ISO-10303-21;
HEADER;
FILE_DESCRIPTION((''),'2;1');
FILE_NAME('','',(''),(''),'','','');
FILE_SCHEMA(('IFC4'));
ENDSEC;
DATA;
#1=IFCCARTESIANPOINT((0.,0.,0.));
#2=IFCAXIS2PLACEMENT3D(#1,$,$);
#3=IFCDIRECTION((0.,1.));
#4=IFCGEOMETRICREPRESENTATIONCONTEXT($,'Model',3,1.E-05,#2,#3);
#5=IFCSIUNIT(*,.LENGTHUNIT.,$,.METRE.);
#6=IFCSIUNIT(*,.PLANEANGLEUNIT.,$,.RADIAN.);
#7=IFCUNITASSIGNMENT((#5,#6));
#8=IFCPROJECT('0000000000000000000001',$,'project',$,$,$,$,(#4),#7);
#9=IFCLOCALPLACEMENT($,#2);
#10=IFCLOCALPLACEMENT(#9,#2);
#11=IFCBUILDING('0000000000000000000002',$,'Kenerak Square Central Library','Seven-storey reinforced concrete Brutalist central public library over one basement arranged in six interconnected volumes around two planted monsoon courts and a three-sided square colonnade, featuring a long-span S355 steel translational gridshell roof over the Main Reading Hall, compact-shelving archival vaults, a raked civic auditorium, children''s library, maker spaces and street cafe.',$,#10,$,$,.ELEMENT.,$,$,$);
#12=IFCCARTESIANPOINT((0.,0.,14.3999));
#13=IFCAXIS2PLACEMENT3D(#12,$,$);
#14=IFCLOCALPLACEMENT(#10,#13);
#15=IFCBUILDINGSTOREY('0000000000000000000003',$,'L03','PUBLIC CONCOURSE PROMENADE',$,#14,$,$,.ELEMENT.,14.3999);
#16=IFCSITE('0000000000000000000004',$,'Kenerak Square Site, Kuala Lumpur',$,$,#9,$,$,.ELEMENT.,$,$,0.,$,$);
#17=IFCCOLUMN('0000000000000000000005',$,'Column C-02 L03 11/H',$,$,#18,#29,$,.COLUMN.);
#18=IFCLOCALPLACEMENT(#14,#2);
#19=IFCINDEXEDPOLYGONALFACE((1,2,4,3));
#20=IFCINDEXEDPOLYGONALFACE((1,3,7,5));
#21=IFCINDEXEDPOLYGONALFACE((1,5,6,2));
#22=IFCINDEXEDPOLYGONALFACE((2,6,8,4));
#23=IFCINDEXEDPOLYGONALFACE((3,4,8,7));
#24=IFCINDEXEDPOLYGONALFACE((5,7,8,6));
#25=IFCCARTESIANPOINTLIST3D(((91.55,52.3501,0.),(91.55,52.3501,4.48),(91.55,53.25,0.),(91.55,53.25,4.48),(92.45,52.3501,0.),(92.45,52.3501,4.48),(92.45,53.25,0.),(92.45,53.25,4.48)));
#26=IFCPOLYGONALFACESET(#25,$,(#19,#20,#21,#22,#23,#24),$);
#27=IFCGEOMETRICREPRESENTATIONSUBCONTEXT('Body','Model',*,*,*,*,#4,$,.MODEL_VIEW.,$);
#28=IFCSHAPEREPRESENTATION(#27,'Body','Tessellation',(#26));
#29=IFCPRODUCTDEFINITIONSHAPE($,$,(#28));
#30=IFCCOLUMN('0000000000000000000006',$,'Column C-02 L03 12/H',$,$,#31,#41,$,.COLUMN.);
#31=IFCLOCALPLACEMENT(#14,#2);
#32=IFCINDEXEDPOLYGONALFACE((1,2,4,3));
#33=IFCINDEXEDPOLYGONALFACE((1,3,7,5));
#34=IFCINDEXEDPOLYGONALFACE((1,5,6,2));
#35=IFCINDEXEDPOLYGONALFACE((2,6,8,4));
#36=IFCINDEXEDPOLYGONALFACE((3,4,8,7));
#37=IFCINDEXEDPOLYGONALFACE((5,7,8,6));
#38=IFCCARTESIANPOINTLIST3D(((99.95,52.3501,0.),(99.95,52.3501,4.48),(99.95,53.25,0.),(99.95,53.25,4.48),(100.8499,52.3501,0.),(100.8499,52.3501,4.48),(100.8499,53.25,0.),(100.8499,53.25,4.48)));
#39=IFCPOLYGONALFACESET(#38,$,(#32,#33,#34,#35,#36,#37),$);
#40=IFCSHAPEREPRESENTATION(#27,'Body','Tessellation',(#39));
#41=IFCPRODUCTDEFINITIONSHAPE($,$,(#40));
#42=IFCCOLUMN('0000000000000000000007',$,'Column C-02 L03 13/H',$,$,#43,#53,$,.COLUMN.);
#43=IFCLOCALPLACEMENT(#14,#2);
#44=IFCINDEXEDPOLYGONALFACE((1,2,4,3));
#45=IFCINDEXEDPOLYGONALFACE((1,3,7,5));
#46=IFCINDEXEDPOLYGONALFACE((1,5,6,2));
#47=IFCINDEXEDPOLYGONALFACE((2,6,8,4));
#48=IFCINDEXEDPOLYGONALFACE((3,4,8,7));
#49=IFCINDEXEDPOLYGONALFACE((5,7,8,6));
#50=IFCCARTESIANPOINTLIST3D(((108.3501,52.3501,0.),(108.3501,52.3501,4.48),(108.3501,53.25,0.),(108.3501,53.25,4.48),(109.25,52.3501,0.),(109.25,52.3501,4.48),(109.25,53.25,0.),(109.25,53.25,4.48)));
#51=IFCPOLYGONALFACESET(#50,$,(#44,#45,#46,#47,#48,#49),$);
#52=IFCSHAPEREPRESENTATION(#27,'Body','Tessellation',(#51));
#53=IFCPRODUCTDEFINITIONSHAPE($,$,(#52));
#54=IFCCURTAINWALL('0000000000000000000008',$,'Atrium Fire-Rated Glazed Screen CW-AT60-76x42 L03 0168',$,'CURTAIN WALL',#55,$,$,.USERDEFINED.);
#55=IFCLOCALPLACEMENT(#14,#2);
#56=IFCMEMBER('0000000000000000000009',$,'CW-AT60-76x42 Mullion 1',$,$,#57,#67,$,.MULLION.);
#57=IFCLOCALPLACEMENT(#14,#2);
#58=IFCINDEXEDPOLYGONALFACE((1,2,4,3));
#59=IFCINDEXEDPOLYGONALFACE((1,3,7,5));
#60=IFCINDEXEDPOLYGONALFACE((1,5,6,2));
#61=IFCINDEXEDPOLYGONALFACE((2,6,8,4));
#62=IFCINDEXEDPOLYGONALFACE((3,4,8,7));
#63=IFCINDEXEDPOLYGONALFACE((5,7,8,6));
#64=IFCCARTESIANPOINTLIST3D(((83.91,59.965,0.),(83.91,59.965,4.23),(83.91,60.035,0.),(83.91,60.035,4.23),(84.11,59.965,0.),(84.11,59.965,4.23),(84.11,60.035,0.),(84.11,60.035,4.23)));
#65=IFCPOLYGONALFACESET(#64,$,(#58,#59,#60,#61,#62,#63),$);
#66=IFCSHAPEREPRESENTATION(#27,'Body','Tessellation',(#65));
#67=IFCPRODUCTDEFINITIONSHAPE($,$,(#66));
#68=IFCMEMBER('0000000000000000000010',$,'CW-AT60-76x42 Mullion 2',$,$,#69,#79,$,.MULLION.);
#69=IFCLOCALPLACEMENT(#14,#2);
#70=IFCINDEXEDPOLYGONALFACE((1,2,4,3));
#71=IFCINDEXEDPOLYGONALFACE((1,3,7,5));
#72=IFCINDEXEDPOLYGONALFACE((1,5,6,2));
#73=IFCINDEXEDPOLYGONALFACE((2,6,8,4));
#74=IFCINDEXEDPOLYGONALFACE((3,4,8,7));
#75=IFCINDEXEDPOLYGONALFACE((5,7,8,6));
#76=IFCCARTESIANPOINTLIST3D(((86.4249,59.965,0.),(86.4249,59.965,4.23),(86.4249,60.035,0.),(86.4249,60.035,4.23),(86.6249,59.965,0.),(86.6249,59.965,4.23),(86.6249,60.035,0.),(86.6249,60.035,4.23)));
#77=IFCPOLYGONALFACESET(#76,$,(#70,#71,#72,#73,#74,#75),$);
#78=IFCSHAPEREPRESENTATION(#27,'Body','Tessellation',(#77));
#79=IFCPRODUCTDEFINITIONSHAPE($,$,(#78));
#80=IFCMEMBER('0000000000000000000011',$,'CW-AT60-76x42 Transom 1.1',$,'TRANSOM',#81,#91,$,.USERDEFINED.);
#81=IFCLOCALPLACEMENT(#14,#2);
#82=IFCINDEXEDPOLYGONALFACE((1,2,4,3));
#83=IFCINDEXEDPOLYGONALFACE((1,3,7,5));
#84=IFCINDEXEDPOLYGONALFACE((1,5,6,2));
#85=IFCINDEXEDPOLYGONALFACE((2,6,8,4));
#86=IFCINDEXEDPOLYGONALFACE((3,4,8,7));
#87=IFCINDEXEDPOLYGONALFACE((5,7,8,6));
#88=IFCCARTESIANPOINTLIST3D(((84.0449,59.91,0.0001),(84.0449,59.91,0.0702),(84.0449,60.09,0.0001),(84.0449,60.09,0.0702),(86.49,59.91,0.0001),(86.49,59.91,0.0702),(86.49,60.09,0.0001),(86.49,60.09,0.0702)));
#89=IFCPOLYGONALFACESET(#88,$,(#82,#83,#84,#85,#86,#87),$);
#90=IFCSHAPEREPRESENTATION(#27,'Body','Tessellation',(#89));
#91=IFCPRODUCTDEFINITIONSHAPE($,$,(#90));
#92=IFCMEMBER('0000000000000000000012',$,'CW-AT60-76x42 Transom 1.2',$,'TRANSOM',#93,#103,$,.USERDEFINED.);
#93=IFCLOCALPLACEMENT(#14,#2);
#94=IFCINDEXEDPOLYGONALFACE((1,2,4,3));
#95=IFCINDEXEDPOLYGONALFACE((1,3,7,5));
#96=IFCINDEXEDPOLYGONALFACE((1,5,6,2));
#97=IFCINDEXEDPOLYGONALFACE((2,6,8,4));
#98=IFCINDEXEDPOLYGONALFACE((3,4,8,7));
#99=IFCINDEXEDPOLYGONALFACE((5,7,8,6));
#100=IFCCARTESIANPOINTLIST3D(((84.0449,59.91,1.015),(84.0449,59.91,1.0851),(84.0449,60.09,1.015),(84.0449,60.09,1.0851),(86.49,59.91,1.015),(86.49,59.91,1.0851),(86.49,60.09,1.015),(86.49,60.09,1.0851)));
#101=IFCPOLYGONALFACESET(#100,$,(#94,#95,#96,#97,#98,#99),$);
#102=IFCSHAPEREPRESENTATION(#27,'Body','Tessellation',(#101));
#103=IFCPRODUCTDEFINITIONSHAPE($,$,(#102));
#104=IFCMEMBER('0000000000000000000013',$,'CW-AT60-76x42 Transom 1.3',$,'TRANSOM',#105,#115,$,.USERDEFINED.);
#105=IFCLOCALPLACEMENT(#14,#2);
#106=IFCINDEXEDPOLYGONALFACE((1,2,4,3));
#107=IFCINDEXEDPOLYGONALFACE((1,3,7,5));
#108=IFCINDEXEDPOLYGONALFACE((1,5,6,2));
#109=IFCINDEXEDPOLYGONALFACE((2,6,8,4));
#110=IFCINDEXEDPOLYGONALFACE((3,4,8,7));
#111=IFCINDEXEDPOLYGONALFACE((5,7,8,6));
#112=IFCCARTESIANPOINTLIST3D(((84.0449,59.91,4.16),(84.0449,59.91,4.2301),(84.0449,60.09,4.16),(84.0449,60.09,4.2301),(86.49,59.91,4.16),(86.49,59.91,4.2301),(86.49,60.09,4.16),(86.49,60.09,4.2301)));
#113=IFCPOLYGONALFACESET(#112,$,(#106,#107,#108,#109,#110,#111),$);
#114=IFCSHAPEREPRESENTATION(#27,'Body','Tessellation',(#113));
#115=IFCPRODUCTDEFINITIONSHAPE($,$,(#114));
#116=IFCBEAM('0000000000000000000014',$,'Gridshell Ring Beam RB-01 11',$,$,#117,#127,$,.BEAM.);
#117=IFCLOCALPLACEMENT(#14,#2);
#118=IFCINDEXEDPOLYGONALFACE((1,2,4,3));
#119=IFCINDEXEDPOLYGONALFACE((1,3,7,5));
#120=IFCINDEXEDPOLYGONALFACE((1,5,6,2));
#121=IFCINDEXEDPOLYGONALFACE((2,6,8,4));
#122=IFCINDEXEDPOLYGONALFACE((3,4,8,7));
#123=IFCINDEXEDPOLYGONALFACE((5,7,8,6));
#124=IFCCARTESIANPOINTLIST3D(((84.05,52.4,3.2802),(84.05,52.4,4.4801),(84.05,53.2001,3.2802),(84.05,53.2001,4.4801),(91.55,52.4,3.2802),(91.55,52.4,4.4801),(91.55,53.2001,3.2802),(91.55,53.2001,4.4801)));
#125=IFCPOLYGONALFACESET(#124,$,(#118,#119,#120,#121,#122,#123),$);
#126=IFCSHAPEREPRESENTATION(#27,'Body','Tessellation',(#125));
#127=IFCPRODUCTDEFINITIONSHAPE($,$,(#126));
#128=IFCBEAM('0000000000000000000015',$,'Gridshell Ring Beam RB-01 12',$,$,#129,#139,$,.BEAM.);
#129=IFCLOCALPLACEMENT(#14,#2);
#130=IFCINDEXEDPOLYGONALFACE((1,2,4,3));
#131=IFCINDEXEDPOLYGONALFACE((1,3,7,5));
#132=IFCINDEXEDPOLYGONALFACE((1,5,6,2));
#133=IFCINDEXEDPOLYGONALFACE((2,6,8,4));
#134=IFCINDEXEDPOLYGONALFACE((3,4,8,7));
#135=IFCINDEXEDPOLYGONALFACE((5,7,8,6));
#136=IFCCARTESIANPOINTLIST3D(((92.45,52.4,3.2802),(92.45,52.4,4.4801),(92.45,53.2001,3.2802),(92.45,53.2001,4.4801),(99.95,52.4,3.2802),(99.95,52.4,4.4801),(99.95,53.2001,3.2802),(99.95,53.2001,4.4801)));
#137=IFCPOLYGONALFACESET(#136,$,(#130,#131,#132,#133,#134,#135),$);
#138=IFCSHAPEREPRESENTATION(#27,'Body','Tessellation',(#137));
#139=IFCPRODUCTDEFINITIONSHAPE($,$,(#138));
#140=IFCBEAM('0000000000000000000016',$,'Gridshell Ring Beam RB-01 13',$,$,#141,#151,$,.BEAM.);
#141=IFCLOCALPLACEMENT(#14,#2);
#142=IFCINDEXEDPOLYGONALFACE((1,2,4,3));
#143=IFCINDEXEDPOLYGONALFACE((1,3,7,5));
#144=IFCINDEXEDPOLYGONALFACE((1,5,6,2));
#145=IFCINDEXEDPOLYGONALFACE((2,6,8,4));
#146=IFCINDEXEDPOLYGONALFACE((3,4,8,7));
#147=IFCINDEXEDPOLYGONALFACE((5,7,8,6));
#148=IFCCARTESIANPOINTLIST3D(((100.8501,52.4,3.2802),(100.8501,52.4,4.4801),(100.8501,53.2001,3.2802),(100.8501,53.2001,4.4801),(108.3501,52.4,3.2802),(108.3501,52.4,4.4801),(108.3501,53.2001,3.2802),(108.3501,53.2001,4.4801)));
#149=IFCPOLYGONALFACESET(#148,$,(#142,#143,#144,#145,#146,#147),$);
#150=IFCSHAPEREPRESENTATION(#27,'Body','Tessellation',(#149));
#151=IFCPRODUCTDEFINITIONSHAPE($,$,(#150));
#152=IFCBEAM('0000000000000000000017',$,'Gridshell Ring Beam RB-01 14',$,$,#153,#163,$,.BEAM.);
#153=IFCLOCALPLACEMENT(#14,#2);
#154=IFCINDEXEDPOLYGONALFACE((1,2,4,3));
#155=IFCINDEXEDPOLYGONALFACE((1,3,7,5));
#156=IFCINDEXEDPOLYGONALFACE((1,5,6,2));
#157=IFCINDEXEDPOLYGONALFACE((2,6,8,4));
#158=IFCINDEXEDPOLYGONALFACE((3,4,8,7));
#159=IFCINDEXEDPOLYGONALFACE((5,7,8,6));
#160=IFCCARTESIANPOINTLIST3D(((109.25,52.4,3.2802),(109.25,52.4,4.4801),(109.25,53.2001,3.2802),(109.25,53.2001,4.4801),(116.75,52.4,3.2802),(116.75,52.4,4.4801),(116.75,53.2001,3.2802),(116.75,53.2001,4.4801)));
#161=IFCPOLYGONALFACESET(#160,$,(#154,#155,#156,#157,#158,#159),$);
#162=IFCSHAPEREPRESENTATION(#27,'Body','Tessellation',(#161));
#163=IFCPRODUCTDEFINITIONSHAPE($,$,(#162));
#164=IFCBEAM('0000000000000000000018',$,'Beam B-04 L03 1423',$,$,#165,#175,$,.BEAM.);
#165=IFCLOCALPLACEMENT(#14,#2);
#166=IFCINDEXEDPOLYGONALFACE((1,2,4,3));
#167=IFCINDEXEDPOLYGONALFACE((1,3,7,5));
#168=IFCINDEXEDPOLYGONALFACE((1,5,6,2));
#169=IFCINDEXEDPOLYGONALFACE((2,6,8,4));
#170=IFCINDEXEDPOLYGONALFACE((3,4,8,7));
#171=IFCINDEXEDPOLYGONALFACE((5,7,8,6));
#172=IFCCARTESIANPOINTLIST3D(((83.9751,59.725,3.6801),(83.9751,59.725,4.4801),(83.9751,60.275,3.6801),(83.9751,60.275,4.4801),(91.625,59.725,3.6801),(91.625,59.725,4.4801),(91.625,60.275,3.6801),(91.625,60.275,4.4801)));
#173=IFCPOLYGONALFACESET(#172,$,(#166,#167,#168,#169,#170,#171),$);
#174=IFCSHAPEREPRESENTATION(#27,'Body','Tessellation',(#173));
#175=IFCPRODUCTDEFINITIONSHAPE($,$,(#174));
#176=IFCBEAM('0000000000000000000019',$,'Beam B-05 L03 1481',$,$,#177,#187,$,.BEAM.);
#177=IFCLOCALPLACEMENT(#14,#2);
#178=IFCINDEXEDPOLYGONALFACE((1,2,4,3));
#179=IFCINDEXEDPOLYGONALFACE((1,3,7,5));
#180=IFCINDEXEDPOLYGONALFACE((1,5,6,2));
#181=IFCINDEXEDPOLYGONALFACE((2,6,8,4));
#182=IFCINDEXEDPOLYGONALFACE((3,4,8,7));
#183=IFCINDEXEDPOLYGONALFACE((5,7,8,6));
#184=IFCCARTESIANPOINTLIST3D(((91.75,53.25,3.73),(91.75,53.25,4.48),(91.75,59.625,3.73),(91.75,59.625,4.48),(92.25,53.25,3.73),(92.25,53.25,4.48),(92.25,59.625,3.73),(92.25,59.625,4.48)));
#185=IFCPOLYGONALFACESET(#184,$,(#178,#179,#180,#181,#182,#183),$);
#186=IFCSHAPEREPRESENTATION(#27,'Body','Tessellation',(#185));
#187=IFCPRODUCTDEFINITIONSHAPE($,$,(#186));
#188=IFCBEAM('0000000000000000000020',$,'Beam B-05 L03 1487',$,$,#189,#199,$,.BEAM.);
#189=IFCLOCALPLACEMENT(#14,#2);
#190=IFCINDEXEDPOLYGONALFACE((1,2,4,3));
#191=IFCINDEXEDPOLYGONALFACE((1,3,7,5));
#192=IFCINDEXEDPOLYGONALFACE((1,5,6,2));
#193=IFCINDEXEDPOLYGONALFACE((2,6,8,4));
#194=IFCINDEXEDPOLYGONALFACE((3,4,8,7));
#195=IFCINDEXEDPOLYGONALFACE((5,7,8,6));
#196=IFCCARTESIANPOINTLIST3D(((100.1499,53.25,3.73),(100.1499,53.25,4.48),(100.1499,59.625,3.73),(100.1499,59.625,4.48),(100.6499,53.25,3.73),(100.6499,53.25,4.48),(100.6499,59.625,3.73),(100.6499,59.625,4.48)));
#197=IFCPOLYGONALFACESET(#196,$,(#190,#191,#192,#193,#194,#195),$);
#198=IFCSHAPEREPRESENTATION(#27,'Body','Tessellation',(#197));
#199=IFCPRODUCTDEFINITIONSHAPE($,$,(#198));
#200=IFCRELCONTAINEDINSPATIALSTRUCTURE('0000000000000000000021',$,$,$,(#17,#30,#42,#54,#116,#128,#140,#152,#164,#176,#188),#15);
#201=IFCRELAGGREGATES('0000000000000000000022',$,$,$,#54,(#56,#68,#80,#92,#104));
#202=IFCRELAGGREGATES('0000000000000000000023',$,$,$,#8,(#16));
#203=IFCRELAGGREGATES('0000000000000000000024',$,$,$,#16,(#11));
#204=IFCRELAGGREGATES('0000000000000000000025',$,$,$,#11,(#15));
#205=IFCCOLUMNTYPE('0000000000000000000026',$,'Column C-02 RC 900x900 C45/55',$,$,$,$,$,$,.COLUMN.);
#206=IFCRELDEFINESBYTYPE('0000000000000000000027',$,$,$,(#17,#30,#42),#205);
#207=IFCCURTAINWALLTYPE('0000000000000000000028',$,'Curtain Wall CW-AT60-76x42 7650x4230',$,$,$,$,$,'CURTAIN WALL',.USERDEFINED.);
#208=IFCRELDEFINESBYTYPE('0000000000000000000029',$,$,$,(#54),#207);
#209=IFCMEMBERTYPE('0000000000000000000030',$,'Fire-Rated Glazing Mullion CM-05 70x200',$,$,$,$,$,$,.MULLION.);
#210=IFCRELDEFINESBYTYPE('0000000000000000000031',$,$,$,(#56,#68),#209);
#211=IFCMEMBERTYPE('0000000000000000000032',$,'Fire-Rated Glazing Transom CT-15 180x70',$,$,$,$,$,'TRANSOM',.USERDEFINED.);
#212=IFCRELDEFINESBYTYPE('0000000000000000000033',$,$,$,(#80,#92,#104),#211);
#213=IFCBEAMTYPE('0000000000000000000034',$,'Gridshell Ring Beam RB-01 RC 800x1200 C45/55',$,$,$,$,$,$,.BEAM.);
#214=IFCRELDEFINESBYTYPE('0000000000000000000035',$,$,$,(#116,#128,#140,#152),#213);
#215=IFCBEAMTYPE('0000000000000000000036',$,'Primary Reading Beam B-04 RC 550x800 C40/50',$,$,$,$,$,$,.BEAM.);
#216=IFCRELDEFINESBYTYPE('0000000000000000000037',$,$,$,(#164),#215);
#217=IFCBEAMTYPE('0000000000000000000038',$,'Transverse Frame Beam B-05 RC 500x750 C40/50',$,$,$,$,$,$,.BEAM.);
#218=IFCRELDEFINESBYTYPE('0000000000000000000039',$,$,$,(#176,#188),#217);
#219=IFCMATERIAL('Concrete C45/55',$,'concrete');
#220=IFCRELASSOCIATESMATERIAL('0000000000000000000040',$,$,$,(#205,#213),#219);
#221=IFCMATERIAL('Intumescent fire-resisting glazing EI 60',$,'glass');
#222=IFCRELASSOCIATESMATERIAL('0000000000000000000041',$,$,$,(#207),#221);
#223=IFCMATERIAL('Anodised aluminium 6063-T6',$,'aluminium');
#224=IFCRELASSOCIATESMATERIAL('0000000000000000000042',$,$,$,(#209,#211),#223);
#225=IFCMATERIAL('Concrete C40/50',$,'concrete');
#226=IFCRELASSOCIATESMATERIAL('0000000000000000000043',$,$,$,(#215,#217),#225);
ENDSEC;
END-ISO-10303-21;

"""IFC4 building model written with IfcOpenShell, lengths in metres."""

from ifc_helpers import new_model, si_unit, direction, frame, origin, origin_2d, place, context, subcontext, project, spatial, rectangle, extrude, material, material_profile, profile_set, type_object, element, aggregate, save


model = new_model("IFC4")

# Units and contexts
model_context = context("Model", 3, precision=1e-05, world=origin(), true_north=direction((0.0, 1.0)))
body_context = subcontext(model_context, "Body", "Model", "MODEL_VIEW")
ifc_project = project(units=[si_unit("LENGTHUNIT", "METRE"), si_unit("PLANEANGLEUNIT", "RADIAN")], contexts=[model_context])

# Site, building, storey
site_placement = place(None, origin())
site = spatial("IfcSite", under=ifc_project, at=site_placement, Name="Kenerak Square Site, Kuala Lumpur", CompositionType="ELEMENT", RefElevation=0.0)
building_placement = place(site_placement, origin())
building = spatial("IfcBuilding", under=site, at=building_placement, Name="Kenerak Square Central Library", Description="Seven-storey reinforced concrete Brutalist central public library over one basement arranged in six interconnected volumes around two planted monsoon courts and a three-sided square colonnade, featuring a long-span S355 steel translational gridshell roof over the Main Reading Hall, compact-shelving archival vaults, a raked civic auditorium, children's library, maker spaces and street cafe.", CompositionType="ELEMENT")
storey_placement = place(building_placement, frame((0.0, 0.0, 14.3999)))
storey = spatial("IfcBuildingStorey", under=building, at=storey_placement, Name="L03", Description="PUBLIC CONCOURSE PROMENADE", CompositionType="ELEMENT", Elevation=14.3999)

# Columns
ifc_material_1 = material(Name="Concrete C45/55", Category="concrete")
ifc_material_profile_1 = material_profile(ifc_material_1, rectangle(XDim=0.8999, YDim=0.8999, at=origin_2d()), Name="RC 900x900")
ifc_profile_set_1 = profile_set([ifc_material_profile_1], Name="Concrete C45/55")
column_type = type_object("IfcColumnType", Name="Column C-02 RC 900x900 C45/55", PredefinedType="COLUMN", material=ifc_profile_set_1)
for number, where, z_axis, x_axis, name in (
    (1, (92.0, 52.8, 0.0), (0.0, 0.0, 1.0), (1.0, 0.0, 0.0), "Column C-02 L03 11/H"),
    (2, (100.3999, 52.8, 0.0), (0.0, 0.0, 1.0), (1.0, 0.0, 0.0), "Column C-02 L03 12/H"),
    (3, (108.8, 52.8, 0.0), (0.0, 0.0, 1.0), (1.0, 0.0, 0.0), "Column C-02 L03 13/H"),
):
    element("IfcColumn", number, at=place(storey_placement, frame(where, z_axis=z_axis, x_axis=x_axis)), inside=storey, type_object=column_type, Name=name, PredefinedType="COLUMN", context=body_context, shape_type="SweptSolid", body=[
        extrude(rectangle(XDim=0.8999, YDim=0.8999, at=origin_2d()), origin(), (0.0, 0.0, 1.0), 4.48),
    ])

# Curtain wall, members
ifc_material_2 = material(Name="Intumescent fire-resisting glazing EI 60", Category="glass")
curtain_wall_type = type_object("IfcCurtainWallType", Name="Curtain Wall CW-AT60-76x42 7650x4230", ElementType="CURTAIN WALL", PredefinedType="USERDEFINED", material=ifc_material_2)
curtain_wall_placement = place(storey_placement, origin())
curtain_wall = element("IfcCurtainWall", 4, at=curtain_wall_placement, inside=storey, type_object=curtain_wall_type, Name="Atrium Fire-Rated Glazed Screen CW-AT60-76x42 L03 0168", ObjectType="CURTAIN WALL", PredefinedType="USERDEFINED")
ifc_material_3 = material(Name="Anodised aluminium 6063-T6", Category="aluminium")
ifc_material_profile_2 = material_profile(ifc_material_3, rectangle(XDim=0.0701, YDim=0.2, at=origin_2d()), Name="AL MULLION 70x200")
ifc_profile_set_2 = profile_set([ifc_material_profile_2], Name="Anodised aluminium 6063-T6")
member_type_1 = type_object("IfcMemberType", Name="Fire-Rated Glazing Mullion CM-05 70x200", PredefinedType="MULLION", material=ifc_profile_set_2)
member_1_placement = place(storey_placement, frame((84.01, 60.0, 0.0), z_axis=(0.0, 0.0, 1.0), x_axis=(0.0, 1.0, 0.0)))
member_1 = element("IfcMember", 5, at=member_1_placement, type_object=member_type_1, Name="CW-AT60-76x42 Mullion 1", PredefinedType="MULLION", context=body_context, shape_type="SweptSolid", body=[
    extrude(rectangle(XDim=0.0701, YDim=0.2, at=origin_2d()), origin(), (0.0, 0.0, 1.0), 4.23),
])
member_2_placement = place(storey_placement, frame((86.5249, 60.0, 0.0), z_axis=(0.0, 0.0, 1.0), x_axis=(0.0, 1.0, 0.0)))
member_2 = element("IfcMember", 6, at=member_2_placement, type_object=member_type_1, Name="CW-AT60-76x42 Mullion 2", PredefinedType="MULLION", context=body_context, shape_type="SweptSolid", body=[
    extrude(rectangle(XDim=0.0701, YDim=0.2, at=origin_2d()), origin(), (0.0, 0.0, 1.0), 4.23),
])
ifc_material_profile_3 = material_profile(ifc_material_3, rectangle(XDim=0.1799, YDim=0.0701, at=origin_2d()), Name="AL TRANSOM 180x70")
ifc_profile_set_3 = profile_set([ifc_material_profile_3], Name="Anodised aluminium 6063-T6")
member_type_2 = type_object("IfcMemberType", Name="Fire-Rated Glazing Transom CT-15 180x70", ElementType="TRANSOM", PredefinedType="USERDEFINED", material=ifc_profile_set_3)
member_3_placement = place(storey_placement, frame((84.0449, 60.0, 0.0352), z_axis=(1.0, 0.0, 0.0), x_axis=(0.0, 1.0, 0.0)))
member_3 = element("IfcMember", 7, at=member_3_placement, type_object=member_type_2, Name="CW-AT60-76x42 Transom 1.1", ObjectType="TRANSOM", PredefinedType="USERDEFINED", context=body_context, shape_type="SweptSolid", body=[
    extrude(rectangle(XDim=0.1799, YDim=0.0701, at=origin_2d()), origin(), (0.0, 0.0, 1.0), 2.4451),
])
member_4_placement = place(storey_placement, frame((84.0449, 60.0, 1.05), z_axis=(1.0, 0.0, 0.0), x_axis=(0.0, 1.0, 0.0)))
member_4 = element("IfcMember", 8, at=member_4_placement, type_object=member_type_2, Name="CW-AT60-76x42 Transom 1.2", ObjectType="TRANSOM", PredefinedType="USERDEFINED", context=body_context, shape_type="SweptSolid", body=[
    extrude(rectangle(XDim=0.1799, YDim=0.0701, at=origin_2d()), origin(), (0.0, 0.0, 1.0), 2.4451),
])
member_5_placement = place(storey_placement, frame((84.0449, 60.0, 4.1951), z_axis=(1.0, 0.0, 0.0), x_axis=(0.0, 1.0, 0.0)))
member_5 = element("IfcMember", 9, at=member_5_placement, type_object=member_type_2, Name="CW-AT60-76x42 Transom 1.3", ObjectType="TRANSOM", PredefinedType="USERDEFINED", context=body_context, shape_type="SweptSolid", body=[
    extrude(rectangle(XDim=0.1799, YDim=0.0701, at=origin_2d()), origin(), (0.0, 0.0, 1.0), 2.4451),
])

# Beams
ifc_material_profile_4 = material_profile(ifc_material_1, rectangle(XDim=0.8, YDim=1.2, at=origin_2d()), Name="RC 800x1200")
ifc_profile_set_4 = profile_set([ifc_material_profile_4], Name="Concrete C45/55")
beam_type_1 = type_object("IfcBeamType", Name="Gridshell Ring Beam RB-01 RC 800x1200 C45/55", PredefinedType="BEAM", material=ifc_profile_set_4)
for number, where, z_axis, x_axis, name in (
    (10, (84.05, 52.8, 3.8801), (1.0, 0.0, 0.0), (0.0, 1.0, 0.0), "Gridshell Ring Beam RB-01 11"),
    (11, (92.45, 52.8, 3.8801), (1.0, 0.0, 0.0), (0.0, 1.0, 0.0), "Gridshell Ring Beam RB-01 12"),
    (12, (100.8501, 52.8, 3.8801), (1.0, 0.0, 0.0), (0.0, 1.0, 0.0), "Gridshell Ring Beam RB-01 13"),
    (13, (109.25, 52.8, 3.8801), (1.0, 0.0, 0.0), (0.0, 1.0, 0.0), "Gridshell Ring Beam RB-01 14"),
):
    element("IfcBeam", number, at=place(storey_placement, frame(where, z_axis=z_axis, x_axis=x_axis)), inside=storey, type_object=beam_type_1, Name=name, PredefinedType="BEAM", context=body_context, shape_type="SweptSolid", body=[
        extrude(rectangle(XDim=0.8, YDim=1.2, at=origin_2d()), origin(), (0.0, 0.0, 1.0), 7.5),
    ])
ifc_material_4 = material(Name="Concrete C40/50", Category="concrete")
ifc_material_profile_5 = material_profile(ifc_material_4, rectangle(XDim=0.55, YDim=0.8, at=origin_2d()), Name="RC 550x800")
ifc_profile_set_5 = profile_set([ifc_material_profile_5], Name="Concrete C40/50")
beam_type_2 = type_object("IfcBeamType", Name="Primary Reading Beam B-04 RC 550x800 C40/50", PredefinedType="BEAM", material=ifc_profile_set_5)
beam_1_placement = place(storey_placement, frame((83.9751, 60.0, 4.0801), z_axis=(1.0, 0.0, 0.0), x_axis=(0.0, 1.0, 0.0)))
element("IfcBeam", 14, at=beam_1_placement, inside=storey, type_object=beam_type_2, Name="Beam B-04 L03 1423", PredefinedType="BEAM", context=body_context, shape_type="SweptSolid", body=[
    extrude(rectangle(XDim=0.55, YDim=0.8, at=origin_2d()), origin(), (0.0, 0.0, 1.0), 7.6499),
])
ifc_material_profile_6 = material_profile(ifc_material_4, rectangle(XDim=0.5, YDim=0.75, at=origin_2d()), Name="RC 500x750")
ifc_profile_set_6 = profile_set([ifc_material_profile_6], Name="Concrete C40/50")
beam_type_3 = type_object("IfcBeamType", Name="Transverse Frame Beam B-05 RC 500x750 C40/50", PredefinedType="BEAM", material=ifc_profile_set_6)
for number, where, z_axis, x_axis, name in (
    (15, (92.0, 53.25, 4.105), (0.0, 1.0, 0.0), (-1.0, 0.0, 0.0), "Beam B-05 L03 1481"),
    (16, (100.3999, 53.25, 4.105), (0.0, 1.0, 0.0), (-1.0, 0.0, 0.0), "Beam B-05 L03 1487"),
):
    element("IfcBeam", number, at=place(storey_placement, frame(where, z_axis=z_axis, x_axis=x_axis)), inside=storey, type_object=beam_type_3, Name=name, PredefinedType="BEAM", context=body_context, shape_type="SweptSolid", body=[
        extrude(rectangle(XDim=0.5, YDim=0.75, at=origin_2d()), origin(), (0.0, 0.0, 1.0), 6.375),
    ])

aggregate(curtain_wall, [member_1, member_2, member_3, member_4, member_5])

save(model, "model.ifc")
